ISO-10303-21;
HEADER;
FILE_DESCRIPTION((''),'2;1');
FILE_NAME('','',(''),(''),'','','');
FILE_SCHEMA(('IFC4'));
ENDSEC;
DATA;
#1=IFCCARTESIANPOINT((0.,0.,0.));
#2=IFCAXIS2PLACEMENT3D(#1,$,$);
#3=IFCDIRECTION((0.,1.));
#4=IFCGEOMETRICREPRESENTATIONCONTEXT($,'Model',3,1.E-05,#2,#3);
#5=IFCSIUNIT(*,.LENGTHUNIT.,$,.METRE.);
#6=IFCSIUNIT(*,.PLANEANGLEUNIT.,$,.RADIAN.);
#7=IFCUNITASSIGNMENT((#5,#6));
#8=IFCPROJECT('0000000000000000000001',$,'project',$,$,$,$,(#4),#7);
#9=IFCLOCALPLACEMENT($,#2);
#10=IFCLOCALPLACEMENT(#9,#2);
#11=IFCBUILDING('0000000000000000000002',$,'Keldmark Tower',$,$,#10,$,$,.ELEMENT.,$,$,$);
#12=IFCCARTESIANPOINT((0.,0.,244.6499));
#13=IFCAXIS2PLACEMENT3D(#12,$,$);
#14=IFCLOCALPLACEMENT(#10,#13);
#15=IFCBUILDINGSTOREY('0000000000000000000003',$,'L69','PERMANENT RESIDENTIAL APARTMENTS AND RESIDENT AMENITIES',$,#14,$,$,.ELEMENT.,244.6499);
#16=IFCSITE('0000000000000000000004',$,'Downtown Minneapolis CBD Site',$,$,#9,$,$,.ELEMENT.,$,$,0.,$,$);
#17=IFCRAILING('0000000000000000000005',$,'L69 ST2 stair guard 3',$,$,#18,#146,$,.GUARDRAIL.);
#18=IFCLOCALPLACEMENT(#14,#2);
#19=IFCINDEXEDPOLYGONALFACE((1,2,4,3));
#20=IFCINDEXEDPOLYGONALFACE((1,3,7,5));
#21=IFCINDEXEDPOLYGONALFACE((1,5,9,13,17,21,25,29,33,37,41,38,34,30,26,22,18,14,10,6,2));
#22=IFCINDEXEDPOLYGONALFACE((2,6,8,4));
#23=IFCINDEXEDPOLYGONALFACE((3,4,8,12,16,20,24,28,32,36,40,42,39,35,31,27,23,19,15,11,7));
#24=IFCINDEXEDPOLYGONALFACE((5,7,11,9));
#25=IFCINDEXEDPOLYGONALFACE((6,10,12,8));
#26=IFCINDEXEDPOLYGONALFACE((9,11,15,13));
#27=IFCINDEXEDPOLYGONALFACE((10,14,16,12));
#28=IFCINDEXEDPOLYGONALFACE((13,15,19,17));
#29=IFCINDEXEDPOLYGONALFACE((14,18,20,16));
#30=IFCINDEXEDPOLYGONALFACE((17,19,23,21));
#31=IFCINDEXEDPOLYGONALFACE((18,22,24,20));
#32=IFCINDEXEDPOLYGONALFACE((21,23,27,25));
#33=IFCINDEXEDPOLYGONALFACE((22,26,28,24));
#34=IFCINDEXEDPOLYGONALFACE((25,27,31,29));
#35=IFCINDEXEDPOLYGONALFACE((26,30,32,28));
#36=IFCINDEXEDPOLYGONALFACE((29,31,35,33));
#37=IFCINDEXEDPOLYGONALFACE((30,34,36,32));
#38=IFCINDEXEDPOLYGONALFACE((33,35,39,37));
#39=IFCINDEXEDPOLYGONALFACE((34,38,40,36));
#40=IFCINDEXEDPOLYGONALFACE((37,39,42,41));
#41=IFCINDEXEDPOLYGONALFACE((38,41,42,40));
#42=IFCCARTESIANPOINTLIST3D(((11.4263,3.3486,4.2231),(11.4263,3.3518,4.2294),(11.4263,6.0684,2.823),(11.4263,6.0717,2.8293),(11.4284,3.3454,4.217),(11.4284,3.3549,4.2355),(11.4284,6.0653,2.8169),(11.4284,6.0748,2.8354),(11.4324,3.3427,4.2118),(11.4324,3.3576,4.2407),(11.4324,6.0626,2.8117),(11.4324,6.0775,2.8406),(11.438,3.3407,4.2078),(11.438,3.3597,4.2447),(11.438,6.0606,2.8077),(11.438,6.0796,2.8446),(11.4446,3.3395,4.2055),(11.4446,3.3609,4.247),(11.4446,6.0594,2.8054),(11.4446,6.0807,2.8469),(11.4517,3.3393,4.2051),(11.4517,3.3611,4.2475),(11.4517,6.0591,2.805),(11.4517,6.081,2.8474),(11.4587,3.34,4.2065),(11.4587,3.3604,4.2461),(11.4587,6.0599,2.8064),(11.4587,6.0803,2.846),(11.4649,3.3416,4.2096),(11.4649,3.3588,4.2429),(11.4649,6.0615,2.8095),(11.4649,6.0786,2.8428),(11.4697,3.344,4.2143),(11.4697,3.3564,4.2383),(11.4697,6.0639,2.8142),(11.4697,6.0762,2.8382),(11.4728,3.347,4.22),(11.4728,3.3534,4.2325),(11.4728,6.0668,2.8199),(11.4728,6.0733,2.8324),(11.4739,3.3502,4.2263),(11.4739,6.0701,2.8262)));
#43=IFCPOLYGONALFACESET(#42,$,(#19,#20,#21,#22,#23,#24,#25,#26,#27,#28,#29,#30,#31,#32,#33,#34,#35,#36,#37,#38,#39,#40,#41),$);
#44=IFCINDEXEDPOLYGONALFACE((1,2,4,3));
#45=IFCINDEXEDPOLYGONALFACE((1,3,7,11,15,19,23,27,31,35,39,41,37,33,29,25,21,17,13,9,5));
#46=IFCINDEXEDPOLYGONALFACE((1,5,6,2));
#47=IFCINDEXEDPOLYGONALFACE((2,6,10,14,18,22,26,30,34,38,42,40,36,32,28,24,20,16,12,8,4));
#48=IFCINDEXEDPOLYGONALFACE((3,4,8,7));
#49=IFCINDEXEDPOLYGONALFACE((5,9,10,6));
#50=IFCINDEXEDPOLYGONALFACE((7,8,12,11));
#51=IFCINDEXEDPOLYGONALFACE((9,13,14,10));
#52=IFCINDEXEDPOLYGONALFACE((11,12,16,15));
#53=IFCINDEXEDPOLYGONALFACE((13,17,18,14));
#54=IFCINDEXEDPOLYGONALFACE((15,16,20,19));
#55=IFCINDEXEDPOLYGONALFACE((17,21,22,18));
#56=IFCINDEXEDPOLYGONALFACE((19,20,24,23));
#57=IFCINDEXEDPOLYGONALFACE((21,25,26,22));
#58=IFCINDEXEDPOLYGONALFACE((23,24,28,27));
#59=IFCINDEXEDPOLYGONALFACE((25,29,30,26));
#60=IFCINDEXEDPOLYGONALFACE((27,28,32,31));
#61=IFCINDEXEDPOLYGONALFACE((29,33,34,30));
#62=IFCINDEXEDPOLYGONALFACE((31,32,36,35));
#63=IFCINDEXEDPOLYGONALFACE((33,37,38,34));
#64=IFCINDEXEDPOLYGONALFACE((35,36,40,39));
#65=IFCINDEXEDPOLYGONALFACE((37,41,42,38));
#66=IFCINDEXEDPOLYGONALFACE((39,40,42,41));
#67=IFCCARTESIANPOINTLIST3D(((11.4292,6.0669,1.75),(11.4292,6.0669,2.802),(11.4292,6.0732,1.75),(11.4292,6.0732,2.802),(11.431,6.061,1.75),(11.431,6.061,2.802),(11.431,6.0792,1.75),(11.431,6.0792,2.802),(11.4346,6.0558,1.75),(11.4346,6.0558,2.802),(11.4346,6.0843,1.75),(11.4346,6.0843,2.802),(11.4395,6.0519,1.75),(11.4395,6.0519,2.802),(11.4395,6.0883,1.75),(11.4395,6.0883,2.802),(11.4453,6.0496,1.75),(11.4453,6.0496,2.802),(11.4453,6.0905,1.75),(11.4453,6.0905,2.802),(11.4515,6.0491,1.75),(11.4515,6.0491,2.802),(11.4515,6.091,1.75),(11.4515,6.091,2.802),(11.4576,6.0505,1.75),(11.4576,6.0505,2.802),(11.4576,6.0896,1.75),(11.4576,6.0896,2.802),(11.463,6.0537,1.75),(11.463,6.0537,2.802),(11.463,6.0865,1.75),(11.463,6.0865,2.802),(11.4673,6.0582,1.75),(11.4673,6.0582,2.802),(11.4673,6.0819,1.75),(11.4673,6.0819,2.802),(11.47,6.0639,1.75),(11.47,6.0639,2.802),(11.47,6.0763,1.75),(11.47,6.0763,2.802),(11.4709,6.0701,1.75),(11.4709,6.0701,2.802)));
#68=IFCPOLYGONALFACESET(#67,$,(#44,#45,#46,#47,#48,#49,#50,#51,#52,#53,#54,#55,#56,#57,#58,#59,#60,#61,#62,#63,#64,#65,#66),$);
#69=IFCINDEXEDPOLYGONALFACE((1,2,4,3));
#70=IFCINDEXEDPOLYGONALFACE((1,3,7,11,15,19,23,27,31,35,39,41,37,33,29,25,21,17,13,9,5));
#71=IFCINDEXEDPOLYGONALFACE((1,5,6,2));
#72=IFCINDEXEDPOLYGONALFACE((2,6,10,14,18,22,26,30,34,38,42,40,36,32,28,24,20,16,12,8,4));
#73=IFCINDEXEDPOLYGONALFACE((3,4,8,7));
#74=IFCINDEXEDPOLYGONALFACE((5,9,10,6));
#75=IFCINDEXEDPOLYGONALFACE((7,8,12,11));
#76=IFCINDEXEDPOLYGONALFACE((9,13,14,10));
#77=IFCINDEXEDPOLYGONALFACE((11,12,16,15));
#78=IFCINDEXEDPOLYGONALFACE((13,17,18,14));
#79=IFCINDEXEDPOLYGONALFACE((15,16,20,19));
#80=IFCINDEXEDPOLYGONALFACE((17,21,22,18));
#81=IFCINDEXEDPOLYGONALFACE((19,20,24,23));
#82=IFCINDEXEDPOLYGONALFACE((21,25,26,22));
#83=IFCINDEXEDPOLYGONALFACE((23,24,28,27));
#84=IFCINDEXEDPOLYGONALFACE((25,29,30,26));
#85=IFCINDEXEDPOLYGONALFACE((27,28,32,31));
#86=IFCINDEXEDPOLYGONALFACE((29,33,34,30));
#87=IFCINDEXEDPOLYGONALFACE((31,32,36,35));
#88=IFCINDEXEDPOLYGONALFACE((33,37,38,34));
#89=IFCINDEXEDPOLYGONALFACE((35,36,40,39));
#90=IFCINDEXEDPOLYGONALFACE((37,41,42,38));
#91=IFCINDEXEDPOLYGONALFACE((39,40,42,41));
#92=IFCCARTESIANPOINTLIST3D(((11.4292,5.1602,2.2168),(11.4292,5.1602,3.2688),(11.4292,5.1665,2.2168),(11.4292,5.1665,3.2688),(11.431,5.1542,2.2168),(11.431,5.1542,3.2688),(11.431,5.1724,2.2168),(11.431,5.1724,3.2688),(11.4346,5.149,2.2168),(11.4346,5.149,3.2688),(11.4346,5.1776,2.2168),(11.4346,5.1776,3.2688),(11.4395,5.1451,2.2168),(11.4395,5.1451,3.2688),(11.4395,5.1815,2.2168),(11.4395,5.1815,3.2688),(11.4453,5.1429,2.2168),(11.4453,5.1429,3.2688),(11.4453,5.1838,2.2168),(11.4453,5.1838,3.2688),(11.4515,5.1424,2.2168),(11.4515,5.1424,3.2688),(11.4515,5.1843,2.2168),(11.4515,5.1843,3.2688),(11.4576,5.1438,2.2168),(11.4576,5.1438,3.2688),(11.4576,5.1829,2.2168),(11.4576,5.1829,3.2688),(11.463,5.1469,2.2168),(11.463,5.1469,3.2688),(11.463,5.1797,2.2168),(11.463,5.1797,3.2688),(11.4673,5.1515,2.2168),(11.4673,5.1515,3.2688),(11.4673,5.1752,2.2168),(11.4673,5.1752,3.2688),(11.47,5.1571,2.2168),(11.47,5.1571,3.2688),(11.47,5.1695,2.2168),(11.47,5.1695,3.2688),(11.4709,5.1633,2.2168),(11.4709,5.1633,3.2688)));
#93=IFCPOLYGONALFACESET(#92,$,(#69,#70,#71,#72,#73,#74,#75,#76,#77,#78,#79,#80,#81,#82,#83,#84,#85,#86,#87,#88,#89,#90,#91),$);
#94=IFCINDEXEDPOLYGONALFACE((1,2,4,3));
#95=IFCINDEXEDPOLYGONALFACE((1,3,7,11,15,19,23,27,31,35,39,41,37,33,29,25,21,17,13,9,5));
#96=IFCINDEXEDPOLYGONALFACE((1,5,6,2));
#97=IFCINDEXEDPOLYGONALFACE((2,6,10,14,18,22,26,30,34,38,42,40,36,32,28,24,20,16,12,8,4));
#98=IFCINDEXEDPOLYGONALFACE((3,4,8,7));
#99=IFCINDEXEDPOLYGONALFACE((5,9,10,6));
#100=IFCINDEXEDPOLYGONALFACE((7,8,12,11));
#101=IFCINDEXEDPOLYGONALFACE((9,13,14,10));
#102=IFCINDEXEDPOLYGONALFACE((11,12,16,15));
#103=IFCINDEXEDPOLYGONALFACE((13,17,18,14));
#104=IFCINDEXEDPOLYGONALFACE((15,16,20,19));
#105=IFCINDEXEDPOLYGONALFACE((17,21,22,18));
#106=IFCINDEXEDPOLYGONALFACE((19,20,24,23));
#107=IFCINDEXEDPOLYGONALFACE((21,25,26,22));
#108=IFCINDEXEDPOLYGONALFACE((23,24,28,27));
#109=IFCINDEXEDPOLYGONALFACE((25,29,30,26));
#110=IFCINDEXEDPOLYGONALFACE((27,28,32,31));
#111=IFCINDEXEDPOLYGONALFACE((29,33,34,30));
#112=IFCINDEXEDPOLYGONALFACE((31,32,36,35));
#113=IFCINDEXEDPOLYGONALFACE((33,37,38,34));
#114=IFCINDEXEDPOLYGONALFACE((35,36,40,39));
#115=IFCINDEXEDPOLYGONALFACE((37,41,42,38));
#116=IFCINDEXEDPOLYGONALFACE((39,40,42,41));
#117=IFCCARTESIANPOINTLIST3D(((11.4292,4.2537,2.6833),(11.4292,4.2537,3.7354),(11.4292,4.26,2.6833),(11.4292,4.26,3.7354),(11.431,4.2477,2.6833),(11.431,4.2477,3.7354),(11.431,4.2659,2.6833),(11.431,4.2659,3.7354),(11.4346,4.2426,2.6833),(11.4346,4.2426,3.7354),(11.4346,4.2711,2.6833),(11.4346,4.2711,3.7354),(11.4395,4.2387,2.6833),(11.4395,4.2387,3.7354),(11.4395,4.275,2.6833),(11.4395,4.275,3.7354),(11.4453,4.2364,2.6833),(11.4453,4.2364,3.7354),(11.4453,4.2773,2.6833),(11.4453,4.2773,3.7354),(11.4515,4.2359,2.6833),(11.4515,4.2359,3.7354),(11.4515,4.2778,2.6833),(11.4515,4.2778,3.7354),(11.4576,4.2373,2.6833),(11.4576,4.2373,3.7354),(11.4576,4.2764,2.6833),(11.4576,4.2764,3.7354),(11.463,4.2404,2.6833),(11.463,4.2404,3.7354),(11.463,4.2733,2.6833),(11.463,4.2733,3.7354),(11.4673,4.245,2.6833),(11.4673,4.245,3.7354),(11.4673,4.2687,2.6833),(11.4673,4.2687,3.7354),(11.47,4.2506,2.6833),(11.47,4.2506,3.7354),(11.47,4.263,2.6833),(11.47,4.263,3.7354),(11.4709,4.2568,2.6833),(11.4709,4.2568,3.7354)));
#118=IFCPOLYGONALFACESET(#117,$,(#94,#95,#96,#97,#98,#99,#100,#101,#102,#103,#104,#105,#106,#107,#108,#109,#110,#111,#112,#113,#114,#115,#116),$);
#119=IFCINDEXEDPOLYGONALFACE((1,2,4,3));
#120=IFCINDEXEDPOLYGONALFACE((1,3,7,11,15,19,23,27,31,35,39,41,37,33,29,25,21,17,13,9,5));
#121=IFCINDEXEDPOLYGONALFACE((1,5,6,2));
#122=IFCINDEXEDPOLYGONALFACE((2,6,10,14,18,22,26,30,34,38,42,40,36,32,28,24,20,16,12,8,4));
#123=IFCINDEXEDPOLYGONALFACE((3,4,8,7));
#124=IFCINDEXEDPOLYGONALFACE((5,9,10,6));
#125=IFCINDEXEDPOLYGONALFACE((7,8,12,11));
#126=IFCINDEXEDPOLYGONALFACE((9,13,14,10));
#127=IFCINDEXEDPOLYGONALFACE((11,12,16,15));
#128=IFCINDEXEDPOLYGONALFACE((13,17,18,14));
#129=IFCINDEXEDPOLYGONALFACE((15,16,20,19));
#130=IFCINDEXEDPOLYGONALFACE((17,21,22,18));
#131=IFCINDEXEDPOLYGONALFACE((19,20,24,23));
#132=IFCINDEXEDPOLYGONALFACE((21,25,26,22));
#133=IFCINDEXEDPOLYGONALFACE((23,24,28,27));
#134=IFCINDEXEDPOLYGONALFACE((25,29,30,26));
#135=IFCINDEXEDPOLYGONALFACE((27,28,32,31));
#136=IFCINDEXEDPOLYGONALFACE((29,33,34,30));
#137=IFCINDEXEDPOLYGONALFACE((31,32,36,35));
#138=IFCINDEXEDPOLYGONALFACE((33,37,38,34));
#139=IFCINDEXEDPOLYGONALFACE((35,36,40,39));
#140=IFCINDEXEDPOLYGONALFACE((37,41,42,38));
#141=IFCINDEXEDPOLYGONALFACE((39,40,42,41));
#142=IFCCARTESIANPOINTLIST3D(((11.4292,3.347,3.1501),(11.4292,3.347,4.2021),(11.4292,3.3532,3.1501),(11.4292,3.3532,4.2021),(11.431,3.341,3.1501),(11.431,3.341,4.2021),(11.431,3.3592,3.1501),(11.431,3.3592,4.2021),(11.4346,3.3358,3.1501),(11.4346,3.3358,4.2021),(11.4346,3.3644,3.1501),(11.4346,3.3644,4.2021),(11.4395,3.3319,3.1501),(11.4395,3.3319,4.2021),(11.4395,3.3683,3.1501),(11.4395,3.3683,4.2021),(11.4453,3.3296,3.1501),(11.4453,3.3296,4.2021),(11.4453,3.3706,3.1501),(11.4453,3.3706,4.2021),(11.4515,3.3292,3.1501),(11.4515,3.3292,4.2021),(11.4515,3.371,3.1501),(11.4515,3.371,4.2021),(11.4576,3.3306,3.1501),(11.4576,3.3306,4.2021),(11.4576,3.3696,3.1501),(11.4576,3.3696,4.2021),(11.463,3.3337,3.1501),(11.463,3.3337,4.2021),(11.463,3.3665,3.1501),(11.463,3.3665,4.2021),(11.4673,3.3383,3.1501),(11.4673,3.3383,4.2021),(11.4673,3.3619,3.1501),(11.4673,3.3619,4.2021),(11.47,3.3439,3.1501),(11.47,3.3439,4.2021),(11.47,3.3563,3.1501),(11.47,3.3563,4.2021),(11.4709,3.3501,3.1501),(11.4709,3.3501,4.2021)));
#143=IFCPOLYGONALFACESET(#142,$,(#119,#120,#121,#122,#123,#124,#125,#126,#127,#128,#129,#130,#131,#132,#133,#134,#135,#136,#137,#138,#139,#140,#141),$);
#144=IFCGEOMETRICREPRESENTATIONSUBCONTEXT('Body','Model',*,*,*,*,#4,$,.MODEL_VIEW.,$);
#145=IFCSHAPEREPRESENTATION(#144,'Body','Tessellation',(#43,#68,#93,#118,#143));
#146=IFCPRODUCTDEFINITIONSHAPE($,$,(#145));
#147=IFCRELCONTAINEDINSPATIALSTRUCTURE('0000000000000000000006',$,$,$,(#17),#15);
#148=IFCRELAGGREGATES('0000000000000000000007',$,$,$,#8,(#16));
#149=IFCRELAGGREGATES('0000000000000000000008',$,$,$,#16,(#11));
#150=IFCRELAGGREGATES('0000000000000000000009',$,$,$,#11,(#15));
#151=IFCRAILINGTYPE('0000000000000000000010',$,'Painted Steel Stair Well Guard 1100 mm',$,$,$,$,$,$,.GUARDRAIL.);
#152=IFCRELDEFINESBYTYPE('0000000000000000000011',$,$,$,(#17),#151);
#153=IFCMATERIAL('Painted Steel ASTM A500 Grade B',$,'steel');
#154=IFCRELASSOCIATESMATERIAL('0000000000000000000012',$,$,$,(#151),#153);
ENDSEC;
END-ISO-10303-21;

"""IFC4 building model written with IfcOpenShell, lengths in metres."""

from ifc_helpers import new_model, si_unit, direction, frame, origin, origin_2d, place, context, subcontext, project, spatial, circle, extrude, material, type_object, element, save


model = new_model("IFC4")

# Units and contexts
model_context = context("Model", 3, precision=1e-05, world=origin(), true_north=direction((0.0, 1.0)))
body_context = subcontext(model_context, "Body", "Model", "MODEL_VIEW")
ifc_project = project(units=[si_unit("LENGTHUNIT", "METRE"), si_unit("PLANEANGLEUNIT", "RADIAN")], contexts=[model_context])

# Site, building, storey
site_placement = place(None, origin())
site = spatial("IfcSite", under=ifc_project, at=site_placement, Name="Downtown Minneapolis CBD Site", CompositionType="ELEMENT", RefElevation=0.0)
building_placement = place(site_placement, origin())
building = spatial("IfcBuilding", under=site, at=building_placement, Name="Keldmark Tower", CompositionType="ELEMENT")
storey_placement = place(building_placement, frame((0.0, 0.0, 244.6499)))
storey = spatial("IfcBuildingStorey", under=building, at=storey_placement, Name="L69", Description="PERMANENT RESIDENTIAL APARTMENTS AND RESIDENT AMENITIES", CompositionType="ELEMENT", Elevation=244.6499)

# Railing
ifc_material_1 = material(Name="Painted Steel ASTM A500 Grade B", Category="steel")
railing_type_1 = type_object("IfcRailingType", Name="Painted Steel Stair Well Guard 1100 mm", PredefinedType="GUARDRAIL", material=ifc_material_1)
railing_1_placement = place(storey_placement, frame((11.45, 6.0701, 1.75)))
element("IfcRailing", 1, at=railing_1_placement, inside=storey, type_object=railing_type_1, Name="L69 ST2 stair guard 3", PredefinedType="GUARDRAIL", context=body_context, shape_type="SweptSolid", body=[
    extrude(circle(Radius=0.0239, at=origin_2d()), frame((0.0, 0.0, 1.0762), z_axis=(0.0, -0.889114, 0.457685), x_axis=(1.0, 0.0, 0.0)), (0.0, 0.0, 1.0), 3.0591),
    extrude(circle(Radius=0.021, at=origin_2d()), origin(), (0.0, 0.0, 1.0), 1.052),
    extrude(circle(Radius=0.021, at=origin_2d()), frame((0.0, -0.9067, 0.4668)), (0.0, 0.0, 1.0), 1.052),
    extrude(circle(Radius=0.021, at=origin_2d()), frame((0.0, -1.8132, 0.9333)), (0.0, 0.0, 1.0), 1.052),
    extrude(circle(Radius=0.021, at=origin_2d()), frame((0.0, -2.72, 1.4001)), (0.0, 0.0, 1.0), 1.052),
])

save(model, "model.ifc")
